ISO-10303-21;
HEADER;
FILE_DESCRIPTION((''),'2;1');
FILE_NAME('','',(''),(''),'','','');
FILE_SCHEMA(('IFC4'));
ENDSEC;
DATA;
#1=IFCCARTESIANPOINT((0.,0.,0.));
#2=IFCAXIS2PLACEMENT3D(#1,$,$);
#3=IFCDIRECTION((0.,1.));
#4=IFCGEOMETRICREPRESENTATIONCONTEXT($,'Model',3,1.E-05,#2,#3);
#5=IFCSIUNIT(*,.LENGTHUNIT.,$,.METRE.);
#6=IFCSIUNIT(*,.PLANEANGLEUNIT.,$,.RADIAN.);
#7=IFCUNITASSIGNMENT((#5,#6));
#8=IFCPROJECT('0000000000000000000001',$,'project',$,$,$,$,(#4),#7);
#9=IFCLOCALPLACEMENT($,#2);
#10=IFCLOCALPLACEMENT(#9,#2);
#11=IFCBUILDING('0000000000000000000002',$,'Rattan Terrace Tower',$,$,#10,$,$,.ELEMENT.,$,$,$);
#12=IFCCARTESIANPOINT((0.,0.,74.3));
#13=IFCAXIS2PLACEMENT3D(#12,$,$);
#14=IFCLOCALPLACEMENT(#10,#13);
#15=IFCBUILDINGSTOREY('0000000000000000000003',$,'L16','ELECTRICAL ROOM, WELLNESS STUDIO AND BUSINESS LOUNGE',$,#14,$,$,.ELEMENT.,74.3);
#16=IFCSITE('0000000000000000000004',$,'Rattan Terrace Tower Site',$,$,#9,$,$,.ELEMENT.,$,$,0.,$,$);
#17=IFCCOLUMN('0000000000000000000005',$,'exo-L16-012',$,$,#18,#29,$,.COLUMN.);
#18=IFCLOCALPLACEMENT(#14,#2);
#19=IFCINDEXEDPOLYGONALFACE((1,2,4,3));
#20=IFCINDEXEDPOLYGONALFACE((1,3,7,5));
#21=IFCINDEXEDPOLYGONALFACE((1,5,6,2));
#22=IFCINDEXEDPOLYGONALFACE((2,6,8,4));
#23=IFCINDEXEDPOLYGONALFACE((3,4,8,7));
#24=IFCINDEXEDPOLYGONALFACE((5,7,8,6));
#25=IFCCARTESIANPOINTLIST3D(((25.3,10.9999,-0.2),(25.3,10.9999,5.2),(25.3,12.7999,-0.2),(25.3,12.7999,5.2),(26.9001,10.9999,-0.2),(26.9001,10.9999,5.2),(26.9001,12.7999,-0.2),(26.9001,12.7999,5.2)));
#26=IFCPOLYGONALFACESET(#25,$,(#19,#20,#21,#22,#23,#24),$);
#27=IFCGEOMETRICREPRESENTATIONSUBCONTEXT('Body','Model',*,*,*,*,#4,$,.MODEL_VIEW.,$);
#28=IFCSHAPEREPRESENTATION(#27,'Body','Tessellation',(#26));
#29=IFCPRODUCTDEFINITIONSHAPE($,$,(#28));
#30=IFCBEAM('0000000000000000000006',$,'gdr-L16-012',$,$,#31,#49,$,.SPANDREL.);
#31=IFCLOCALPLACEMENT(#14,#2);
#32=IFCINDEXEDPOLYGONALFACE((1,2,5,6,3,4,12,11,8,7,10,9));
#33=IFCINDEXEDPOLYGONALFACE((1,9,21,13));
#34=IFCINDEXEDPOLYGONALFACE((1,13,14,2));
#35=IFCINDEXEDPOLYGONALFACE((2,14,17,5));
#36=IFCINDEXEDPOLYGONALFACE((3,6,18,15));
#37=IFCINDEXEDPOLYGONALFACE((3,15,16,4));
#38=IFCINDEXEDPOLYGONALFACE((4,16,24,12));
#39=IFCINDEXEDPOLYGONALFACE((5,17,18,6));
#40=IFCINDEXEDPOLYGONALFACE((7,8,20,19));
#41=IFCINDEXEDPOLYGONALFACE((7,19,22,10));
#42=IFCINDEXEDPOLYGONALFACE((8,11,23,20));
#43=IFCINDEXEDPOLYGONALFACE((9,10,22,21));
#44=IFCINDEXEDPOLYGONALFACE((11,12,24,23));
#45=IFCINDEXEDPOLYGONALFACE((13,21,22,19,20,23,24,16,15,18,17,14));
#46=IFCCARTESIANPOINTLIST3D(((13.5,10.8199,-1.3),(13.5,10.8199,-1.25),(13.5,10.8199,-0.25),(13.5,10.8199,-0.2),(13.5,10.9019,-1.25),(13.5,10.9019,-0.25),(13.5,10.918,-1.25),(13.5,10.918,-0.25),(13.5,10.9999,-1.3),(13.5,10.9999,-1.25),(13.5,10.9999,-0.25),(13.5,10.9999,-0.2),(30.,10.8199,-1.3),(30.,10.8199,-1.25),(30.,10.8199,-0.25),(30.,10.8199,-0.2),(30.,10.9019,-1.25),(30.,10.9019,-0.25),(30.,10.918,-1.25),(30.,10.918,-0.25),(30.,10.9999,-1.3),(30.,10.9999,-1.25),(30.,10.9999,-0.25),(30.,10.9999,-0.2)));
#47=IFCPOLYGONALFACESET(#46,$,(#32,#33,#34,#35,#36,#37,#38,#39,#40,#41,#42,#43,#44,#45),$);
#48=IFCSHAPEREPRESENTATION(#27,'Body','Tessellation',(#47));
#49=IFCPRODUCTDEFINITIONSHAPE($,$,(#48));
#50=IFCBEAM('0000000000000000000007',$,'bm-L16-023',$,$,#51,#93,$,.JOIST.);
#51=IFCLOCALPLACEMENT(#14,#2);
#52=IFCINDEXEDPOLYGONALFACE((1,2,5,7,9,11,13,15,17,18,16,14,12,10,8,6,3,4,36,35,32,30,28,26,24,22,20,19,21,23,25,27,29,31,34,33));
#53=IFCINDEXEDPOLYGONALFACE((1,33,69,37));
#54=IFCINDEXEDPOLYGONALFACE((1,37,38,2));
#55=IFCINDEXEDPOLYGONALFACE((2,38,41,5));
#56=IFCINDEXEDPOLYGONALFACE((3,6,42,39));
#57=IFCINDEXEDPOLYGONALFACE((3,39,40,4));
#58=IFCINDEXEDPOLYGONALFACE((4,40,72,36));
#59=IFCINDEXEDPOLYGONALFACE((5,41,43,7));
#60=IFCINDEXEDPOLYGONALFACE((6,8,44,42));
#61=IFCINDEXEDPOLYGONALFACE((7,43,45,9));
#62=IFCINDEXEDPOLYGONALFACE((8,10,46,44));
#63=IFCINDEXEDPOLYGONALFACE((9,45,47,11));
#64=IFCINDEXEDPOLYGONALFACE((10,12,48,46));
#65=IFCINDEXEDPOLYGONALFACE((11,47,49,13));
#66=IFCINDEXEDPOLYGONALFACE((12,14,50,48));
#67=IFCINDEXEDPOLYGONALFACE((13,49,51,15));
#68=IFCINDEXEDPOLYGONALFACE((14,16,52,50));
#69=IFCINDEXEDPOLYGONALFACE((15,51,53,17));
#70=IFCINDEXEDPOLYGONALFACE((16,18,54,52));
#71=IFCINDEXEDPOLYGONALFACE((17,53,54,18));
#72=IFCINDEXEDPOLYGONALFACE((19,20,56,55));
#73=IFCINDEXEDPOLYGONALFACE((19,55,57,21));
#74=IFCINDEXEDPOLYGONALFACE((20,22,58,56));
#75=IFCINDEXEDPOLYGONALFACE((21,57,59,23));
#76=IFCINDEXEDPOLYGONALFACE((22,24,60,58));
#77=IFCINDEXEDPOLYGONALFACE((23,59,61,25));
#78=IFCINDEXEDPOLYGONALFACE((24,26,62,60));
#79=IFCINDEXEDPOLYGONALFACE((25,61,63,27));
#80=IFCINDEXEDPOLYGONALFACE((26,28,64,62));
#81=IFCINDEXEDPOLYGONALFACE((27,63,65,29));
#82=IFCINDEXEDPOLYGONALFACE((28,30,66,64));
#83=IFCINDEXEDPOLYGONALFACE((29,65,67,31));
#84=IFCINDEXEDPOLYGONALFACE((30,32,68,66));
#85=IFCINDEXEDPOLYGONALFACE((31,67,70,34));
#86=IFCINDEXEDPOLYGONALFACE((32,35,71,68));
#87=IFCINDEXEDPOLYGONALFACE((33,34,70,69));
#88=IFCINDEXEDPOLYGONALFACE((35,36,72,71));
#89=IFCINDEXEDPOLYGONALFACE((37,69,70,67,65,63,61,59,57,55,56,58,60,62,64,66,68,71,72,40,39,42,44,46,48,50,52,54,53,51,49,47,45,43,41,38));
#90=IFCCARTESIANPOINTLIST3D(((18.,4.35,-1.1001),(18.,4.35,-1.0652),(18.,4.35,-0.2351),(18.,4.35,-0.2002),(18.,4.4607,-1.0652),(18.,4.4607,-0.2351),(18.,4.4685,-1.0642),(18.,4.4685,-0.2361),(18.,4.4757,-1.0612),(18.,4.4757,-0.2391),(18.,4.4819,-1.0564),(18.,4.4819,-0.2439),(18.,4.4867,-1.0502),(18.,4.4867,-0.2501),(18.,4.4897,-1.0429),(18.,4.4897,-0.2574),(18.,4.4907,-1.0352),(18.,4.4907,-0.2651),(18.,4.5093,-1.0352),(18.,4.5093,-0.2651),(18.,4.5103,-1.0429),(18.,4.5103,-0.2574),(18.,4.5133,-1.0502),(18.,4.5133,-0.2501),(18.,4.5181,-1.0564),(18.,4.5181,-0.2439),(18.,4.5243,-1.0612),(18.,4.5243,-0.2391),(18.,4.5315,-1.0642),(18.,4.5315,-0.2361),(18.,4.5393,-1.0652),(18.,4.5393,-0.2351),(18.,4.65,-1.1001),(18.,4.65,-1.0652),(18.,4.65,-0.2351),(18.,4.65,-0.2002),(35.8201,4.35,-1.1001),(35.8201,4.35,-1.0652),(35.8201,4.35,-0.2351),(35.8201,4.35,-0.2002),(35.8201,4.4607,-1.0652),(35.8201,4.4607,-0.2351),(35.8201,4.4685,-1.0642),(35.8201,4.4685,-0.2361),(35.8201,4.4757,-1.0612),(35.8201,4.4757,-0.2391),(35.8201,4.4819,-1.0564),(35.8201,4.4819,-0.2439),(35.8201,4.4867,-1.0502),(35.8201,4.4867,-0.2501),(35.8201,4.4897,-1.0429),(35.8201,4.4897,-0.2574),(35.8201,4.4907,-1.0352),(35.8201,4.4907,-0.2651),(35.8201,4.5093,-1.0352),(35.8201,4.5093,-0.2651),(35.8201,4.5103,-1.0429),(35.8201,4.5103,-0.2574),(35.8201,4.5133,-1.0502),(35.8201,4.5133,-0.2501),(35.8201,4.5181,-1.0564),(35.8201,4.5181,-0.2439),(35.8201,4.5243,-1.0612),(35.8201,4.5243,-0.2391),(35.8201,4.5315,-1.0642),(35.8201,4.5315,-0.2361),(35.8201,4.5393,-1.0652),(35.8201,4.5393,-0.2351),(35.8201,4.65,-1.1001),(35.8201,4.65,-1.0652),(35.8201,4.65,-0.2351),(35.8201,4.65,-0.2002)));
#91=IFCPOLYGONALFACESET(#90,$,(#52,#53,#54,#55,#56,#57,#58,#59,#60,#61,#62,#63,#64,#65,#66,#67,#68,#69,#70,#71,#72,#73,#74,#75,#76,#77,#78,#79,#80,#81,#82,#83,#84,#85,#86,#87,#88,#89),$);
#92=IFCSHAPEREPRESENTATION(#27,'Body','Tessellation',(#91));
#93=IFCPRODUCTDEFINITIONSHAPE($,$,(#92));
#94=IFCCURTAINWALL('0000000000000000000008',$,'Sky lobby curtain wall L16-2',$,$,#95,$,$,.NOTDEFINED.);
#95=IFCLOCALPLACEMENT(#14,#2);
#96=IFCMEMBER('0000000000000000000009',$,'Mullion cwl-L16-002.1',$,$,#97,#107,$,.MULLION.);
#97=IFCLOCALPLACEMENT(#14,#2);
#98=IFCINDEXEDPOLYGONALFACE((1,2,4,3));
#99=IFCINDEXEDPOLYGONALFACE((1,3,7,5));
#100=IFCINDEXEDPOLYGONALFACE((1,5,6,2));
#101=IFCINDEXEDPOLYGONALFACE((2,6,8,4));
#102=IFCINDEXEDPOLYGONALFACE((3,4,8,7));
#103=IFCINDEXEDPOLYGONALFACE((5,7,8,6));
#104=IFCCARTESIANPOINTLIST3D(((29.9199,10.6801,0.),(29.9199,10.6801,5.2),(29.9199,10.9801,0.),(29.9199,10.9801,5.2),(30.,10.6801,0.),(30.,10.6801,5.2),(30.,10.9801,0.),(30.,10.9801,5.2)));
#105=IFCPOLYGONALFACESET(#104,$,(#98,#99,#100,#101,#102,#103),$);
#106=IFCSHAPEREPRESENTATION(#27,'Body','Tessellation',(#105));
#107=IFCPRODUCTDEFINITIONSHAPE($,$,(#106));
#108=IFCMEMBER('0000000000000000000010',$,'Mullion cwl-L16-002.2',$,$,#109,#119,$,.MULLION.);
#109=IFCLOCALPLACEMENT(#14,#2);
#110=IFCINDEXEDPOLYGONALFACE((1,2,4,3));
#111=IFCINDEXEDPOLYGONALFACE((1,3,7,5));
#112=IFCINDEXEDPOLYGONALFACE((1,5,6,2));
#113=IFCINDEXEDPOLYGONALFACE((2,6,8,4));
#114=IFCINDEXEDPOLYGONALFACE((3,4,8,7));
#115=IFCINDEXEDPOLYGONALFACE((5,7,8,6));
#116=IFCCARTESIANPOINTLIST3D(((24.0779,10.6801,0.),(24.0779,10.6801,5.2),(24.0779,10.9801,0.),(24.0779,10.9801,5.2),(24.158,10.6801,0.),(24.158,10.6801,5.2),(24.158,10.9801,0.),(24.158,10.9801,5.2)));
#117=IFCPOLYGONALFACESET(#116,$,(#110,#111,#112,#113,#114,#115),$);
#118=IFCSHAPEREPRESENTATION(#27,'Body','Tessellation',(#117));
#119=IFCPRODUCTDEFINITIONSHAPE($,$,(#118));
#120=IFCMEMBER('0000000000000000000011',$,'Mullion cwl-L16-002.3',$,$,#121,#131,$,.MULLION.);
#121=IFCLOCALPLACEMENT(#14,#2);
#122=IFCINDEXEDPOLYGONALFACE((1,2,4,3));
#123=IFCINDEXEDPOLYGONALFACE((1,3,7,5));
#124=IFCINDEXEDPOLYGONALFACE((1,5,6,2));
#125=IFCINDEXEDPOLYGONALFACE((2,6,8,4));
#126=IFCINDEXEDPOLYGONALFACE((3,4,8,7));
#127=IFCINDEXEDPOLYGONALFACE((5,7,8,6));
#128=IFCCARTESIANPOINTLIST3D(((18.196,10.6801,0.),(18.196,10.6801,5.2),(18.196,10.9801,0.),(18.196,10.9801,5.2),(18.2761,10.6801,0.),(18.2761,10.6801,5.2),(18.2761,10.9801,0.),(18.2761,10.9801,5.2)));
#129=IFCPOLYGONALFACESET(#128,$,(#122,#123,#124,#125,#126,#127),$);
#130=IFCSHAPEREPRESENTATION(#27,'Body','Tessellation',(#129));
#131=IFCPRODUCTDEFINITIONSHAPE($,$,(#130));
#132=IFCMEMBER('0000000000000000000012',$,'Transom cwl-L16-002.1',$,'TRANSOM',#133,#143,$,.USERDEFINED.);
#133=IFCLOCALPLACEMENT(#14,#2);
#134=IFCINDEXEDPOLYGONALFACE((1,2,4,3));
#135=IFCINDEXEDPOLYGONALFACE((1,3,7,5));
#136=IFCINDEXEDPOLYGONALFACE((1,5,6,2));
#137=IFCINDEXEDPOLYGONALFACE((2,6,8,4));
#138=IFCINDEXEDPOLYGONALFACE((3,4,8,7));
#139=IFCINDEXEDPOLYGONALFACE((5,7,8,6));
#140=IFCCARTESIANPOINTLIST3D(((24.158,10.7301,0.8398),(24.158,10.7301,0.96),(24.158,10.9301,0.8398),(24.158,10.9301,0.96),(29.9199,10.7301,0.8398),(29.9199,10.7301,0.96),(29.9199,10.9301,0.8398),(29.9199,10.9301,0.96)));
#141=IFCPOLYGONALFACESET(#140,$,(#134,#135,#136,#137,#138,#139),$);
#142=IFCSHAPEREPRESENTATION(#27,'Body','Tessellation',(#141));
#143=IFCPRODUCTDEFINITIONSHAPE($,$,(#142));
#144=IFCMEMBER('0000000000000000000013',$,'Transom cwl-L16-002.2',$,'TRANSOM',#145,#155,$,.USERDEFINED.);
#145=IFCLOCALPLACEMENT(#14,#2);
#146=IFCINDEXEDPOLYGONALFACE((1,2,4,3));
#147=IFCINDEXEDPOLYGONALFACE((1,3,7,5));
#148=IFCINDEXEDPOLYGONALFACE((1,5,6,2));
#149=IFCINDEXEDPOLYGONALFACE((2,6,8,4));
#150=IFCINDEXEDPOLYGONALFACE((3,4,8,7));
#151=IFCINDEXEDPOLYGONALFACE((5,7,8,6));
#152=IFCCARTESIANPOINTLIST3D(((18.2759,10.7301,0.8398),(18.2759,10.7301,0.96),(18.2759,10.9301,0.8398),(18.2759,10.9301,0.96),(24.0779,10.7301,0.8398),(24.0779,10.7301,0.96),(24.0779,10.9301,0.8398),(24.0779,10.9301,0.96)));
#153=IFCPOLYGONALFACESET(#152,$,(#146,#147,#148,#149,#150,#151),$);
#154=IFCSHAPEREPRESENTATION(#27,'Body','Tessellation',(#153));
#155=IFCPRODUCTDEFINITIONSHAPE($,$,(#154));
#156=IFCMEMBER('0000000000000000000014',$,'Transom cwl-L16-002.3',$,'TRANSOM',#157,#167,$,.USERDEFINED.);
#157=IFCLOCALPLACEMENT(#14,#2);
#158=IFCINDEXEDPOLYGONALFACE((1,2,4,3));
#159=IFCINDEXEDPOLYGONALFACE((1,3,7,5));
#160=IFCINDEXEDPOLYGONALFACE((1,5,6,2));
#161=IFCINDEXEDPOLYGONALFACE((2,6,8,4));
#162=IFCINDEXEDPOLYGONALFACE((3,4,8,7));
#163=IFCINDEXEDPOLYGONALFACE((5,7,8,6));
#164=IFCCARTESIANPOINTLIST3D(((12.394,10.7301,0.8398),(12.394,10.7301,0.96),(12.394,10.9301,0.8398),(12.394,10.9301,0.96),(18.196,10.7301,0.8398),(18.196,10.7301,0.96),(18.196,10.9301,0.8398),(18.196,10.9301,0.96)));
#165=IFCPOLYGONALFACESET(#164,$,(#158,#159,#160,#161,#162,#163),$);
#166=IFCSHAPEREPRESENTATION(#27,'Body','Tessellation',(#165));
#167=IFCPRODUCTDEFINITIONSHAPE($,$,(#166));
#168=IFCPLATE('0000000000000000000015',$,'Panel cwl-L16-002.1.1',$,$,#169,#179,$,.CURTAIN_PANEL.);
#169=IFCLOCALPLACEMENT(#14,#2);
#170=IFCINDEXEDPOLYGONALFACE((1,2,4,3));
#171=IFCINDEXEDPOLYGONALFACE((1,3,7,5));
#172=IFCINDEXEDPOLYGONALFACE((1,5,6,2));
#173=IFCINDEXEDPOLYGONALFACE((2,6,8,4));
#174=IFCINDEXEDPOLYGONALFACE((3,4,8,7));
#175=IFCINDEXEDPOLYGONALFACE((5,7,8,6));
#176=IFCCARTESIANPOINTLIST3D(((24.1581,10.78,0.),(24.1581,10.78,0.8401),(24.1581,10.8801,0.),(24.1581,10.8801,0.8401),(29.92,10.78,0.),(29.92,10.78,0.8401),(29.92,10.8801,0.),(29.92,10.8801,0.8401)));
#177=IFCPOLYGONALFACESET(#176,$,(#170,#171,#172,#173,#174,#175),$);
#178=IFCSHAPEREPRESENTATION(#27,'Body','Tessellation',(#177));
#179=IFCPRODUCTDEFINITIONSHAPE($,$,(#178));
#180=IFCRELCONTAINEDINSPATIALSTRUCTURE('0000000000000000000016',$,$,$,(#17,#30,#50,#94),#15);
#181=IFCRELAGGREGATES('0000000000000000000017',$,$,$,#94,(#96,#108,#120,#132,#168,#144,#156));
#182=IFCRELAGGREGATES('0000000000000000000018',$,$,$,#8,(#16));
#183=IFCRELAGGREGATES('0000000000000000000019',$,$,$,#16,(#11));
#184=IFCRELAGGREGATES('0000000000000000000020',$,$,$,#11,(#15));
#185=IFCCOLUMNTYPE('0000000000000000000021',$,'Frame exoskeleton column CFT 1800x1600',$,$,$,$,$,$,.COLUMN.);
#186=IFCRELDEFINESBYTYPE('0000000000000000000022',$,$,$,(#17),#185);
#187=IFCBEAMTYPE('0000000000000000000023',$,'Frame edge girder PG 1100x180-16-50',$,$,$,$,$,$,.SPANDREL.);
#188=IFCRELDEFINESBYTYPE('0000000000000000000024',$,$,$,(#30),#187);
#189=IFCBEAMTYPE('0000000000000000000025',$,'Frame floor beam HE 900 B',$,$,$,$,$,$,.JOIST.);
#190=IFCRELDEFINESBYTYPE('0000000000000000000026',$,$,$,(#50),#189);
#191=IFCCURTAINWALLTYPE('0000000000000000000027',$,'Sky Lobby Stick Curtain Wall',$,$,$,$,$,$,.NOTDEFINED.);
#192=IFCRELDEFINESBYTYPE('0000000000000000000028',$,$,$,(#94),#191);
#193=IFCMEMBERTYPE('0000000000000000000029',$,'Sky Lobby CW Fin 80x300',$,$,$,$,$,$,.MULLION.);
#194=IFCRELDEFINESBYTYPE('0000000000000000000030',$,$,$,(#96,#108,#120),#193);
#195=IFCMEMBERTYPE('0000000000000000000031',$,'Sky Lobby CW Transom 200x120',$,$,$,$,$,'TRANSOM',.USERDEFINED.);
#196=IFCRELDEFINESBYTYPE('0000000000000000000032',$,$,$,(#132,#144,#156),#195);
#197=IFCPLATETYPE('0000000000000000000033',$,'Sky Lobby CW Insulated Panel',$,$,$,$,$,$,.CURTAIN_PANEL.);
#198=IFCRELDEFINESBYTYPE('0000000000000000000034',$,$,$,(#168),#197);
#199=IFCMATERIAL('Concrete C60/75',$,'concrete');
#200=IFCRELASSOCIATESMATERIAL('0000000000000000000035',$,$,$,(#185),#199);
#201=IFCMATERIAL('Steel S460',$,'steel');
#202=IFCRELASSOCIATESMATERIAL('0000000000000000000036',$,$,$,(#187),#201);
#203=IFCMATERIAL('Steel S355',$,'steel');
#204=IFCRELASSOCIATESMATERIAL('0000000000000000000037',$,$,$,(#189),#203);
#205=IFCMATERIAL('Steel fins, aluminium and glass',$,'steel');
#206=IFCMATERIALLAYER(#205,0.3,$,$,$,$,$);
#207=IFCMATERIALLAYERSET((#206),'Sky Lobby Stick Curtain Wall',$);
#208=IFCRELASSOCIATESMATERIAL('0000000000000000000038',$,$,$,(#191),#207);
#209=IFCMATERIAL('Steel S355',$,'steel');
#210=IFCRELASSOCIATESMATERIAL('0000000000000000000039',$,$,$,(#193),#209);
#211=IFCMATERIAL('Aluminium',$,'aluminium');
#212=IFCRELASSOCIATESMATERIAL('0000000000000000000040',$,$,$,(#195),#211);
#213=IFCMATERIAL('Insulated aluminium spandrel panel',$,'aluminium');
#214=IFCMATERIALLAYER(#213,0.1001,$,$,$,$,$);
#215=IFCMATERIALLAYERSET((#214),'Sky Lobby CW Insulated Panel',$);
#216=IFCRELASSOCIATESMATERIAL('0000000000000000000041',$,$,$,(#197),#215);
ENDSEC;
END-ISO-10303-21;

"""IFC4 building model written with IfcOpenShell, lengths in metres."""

from ifc_helpers import new_model, si_unit, direction, frame, origin, origin_2d, place, context, subcontext, project, spatial, rectangle, i_section, extrude, material, layer, layer_set, material_profile, profile_set, type_object, element, aggregate, save


model = new_model("IFC4")

# Units and contexts
model_context = context("Model", 3, precision=1e-05, world=origin(), true_north=direction((0.0, 1.0)))
body_context = subcontext(model_context, "Body", "Model", "MODEL_VIEW")
ifc_project = project(units=[si_unit("LENGTHUNIT", "METRE"), si_unit("PLANEANGLEUNIT", "RADIAN")], contexts=[model_context])

# Site, building, storey
site_placement = place(None, origin())
site = spatial("IfcSite", under=ifc_project, at=site_placement, Name="Rattan Terrace Tower Site", CompositionType="ELEMENT", RefElevation=0.0)
building_placement = place(site_placement, origin())
building = spatial("IfcBuilding", under=site, at=building_placement, Name="Rattan Terrace Tower", CompositionType="ELEMENT")
storey_placement = place(building_placement, frame((0.0, 0.0, 74.3)))
storey = spatial("IfcBuildingStorey", under=building, at=storey_placement, Name="L16", Description="ELECTRICAL ROOM, WELLNESS STUDIO AND BUSINESS LOUNGE", CompositionType="ELEMENT", Elevation=74.3)

# Column
ifc_material_1 = material(Name="Concrete C60/75", Category="concrete")
ifc_material_profile_1 = material_profile(ifc_material_1, rectangle(XDim=1.6001, YDim=1.8, at=origin_2d()), Name="CFT 1800x1600")
ifc_profile_set_1 = profile_set([ifc_material_profile_1], Name="Concrete C60/75")
column_type = type_object("IfcColumnType", Name="Frame exoskeleton column CFT 1800x1600", PredefinedType="COLUMN", material=ifc_profile_set_1)
column_placement = place(storey_placement, frame((26.1001, 11.8999, -0.2), z_axis=(0.0, 0.0, 1.0), x_axis=(1.0, 0.0, 0.0)))
element("IfcColumn", 1, at=column_placement, inside=storey, type_object=column_type, Name="exo-L16-012", PredefinedType="COLUMN", context=body_context, shape_type="SweptSolid", body=[
    extrude(rectangle(XDim=1.6001, YDim=1.8, at=origin_2d()), origin(), (0.0, 0.0, 1.0), 5.3999),
])

# Beams
ifc_material_2 = material(Name="Steel S460", Category="steel")
ifc_material_profile_2 = material_profile(ifc_material_2, i_section(OverallWidth=0.1799, OverallDepth=1.1001, WebThickness=0.0161, FlangeThickness=0.05, at=origin_2d()), Name="PG 1100x180-16-50")
ifc_profile_set_2 = profile_set([ifc_material_profile_2], Name="Steel S460")
beam_type_1 = type_object("IfcBeamType", Name="Frame edge girder PG 1100x180-16-50", PredefinedType="SPANDREL", material=ifc_profile_set_2)
beam_1_placement = place(storey_placement, frame((30.0, 10.9099, -0.75), z_axis=(-1.0, 0.0, 0.0), x_axis=(0.0, -1.0, 0.0)))
element("IfcBeam", 2, at=beam_1_placement, inside=storey, type_object=beam_type_1, Name="gdr-L16-012", PredefinedType="SPANDREL", context=body_context, shape_type="SweptSolid", body=[
    extrude(i_section(OverallWidth=0.1799, OverallDepth=1.1001, WebThickness=0.0161, FlangeThickness=0.05, at=origin_2d()), origin(), (0.0, 0.0, 1.0), 16.5),
])
ifc_material_3 = material(Name="Steel S355", Category="steel")
ifc_material_profile_3 = material_profile(ifc_material_3, i_section(OverallWidth=0.3, OverallDepth=0.8999, WebThickness=0.0186, FlangeThickness=0.0349, FilletRadius=0.03, at=origin_2d()), Name="HE 900 B")
ifc_profile_set_3 = profile_set([ifc_material_profile_3], Name="Steel S355")
beam_type_2 = type_object("IfcBeamType", Name="Frame floor beam HE 900 B", PredefinedType="JOIST", material=ifc_profile_set_3)
beam_2_placement = place(storey_placement, frame((18.0, 4.5, -0.6501), z_axis=(1.0, 0.0, 0.0), x_axis=(0.0, 1.0, 0.0)))
element("IfcBeam", 3, at=beam_2_placement, inside=storey, type_object=beam_type_2, Name="bm-L16-023", PredefinedType="JOIST", context=body_context, shape_type="SweptSolid", body=[
    extrude(i_section(OverallWidth=0.3, OverallDepth=0.8999, WebThickness=0.0186, FlangeThickness=0.0349, FilletRadius=0.03, at=origin_2d()), origin(), (0.0, 0.0, 1.0), 17.8201),
])

# Curtain wall, members, plate
ifc_material_4 = material(Name="Steel fins, aluminium and glass", Category="steel")
ifc_layer_1 = layer(ifc_material_4, 0.3)
ifc_layer_set_1 = layer_set([ifc_layer_1], Name="Sky Lobby Stick Curtain Wall")
curtain_wall_type = type_object("IfcCurtainWallType", Name="Sky Lobby Stick Curtain Wall", PredefinedType="NOTDEFINED", material=ifc_layer_set_1)
curtain_wall_placement = place(storey_placement, origin())
curtain_wall = element("IfcCurtainWall", 4, at=curtain_wall_placement, inside=storey, type_object=curtain_wall_type, Name="Sky lobby curtain wall L16-2", PredefinedType="NOTDEFINED")
ifc_material_5 = material(Name="Steel S355", Category="steel")
ifc_material_profile_4 = material_profile(ifc_material_5, rectangle(XDim=0.0801, YDim=0.3, at=origin_2d()), Name="Steel S355 80x300")
ifc_profile_set_4 = profile_set([ifc_material_profile_4], Name="Steel S355")
member_type_1 = type_object("IfcMemberType", Name="Sky Lobby CW Fin 80x300", PredefinedType="MULLION", material=ifc_profile_set_4)
member_1_placement = place(storey_placement, frame((29.96, 10.8301, 0.0), z_axis=(0.0, 0.0, 1.0), x_axis=(-1.0, 0.0, 0.0)))
member_1 = element("IfcMember", 5, at=member_1_placement, type_object=member_type_1, Name="Mullion cwl-L16-002.1", PredefinedType="MULLION", context=body_context, shape_type="SweptSolid", body=[
    extrude(rectangle(XDim=0.0801, YDim=0.3, at=origin_2d()), origin(), (0.0, 0.0, 1.0), 5.2),
])
member_2_placement = place(storey_placement, frame((24.1179, 10.8301, 0.0), z_axis=(0.0, 0.0, 1.0), x_axis=(-1.0, 0.0, 0.0)))
member_2 = element("IfcMember", 6, at=member_2_placement, type_object=member_type_1, Name="Mullion cwl-L16-002.2", PredefinedType="MULLION", context=body_context, shape_type="SweptSolid", body=[
    extrude(rectangle(XDim=0.0801, YDim=0.3, at=origin_2d()), origin(), (0.0, 0.0, 1.0), 5.2),
])
member_3_placement = place(storey_placement, frame((18.2361, 10.8301, 0.0), z_axis=(0.0, 0.0, 1.0), x_axis=(-1.0, 0.0, 0.0)))
member_3 = element("IfcMember", 7, at=member_3_placement, type_object=member_type_1, Name="Mullion cwl-L16-002.3", PredefinedType="MULLION", context=body_context, shape_type="SweptSolid", body=[
    extrude(rectangle(XDim=0.0801, YDim=0.3, at=origin_2d()), origin(), (0.0, 0.0, 1.0), 5.2),
])
ifc_material_6 = material(Name="Aluminium", Category="aluminium")
ifc_material_profile_5 = material_profile(ifc_material_6, rectangle(XDim=0.2, YDim=0.1201, at=origin_2d()), Name="Aluminium 200x120")
ifc_profile_set_5 = profile_set([ifc_material_profile_5], Name="Aluminium")
member_type_2 = type_object("IfcMemberType", Name="Sky Lobby CW Transom 200x120", ElementType="TRANSOM", PredefinedType="USERDEFINED", material=ifc_profile_set_5)
member_4_placement = place(storey_placement, frame((29.9199, 10.8301, 0.8999), z_axis=(-1.0, 0.0, 0.0), x_axis=(0.0, -1.0, 0.0)))
member_4 = element("IfcMember", 8, at=member_4_placement, type_object=member_type_2, Name="Transom cwl-L16-002.1", ObjectType="TRANSOM", PredefinedType="USERDEFINED", context=body_context, shape_type="SweptSolid", body=[
    extrude(rectangle(XDim=0.2, YDim=0.1201, at=origin_2d()), origin(), (0.0, 0.0, 1.0), 5.762),
])
member_5_placement = place(storey_placement, frame((24.0779, 10.8301, 0.8999), z_axis=(-1.0, 0.0, 0.0), x_axis=(0.0, -1.0, 0.0)))
member_5 = element("IfcMember", 9, at=member_5_placement, type_object=member_type_2, Name="Transom cwl-L16-002.2", ObjectType="TRANSOM", PredefinedType="USERDEFINED", context=body_context, shape_type="SweptSolid", body=[
    extrude(rectangle(XDim=0.2, YDim=0.1201, at=origin_2d()), origin(), (0.0, 0.0, 1.0), 5.802),
])
member_6_placement = place(storey_placement, frame((18.196, 10.8301, 0.8999), z_axis=(-1.0, 0.0, 0.0), x_axis=(0.0, -1.0, 0.0)))
member_6 = element("IfcMember", 10, at=member_6_placement, type_object=member_type_2, Name="Transom cwl-L16-002.3", ObjectType="TRANSOM", PredefinedType="USERDEFINED", context=body_context, shape_type="SweptSolid", body=[
    extrude(rectangle(XDim=0.2, YDim=0.1201, at=origin_2d()), origin(), (0.0, 0.0, 1.0), 5.802),
])
ifc_material_7 = material(Name="Insulated aluminium spandrel panel", Category="aluminium")
ifc_layer_2 = layer(ifc_material_7, 0.1001)
ifc_layer_set_2 = layer_set([ifc_layer_2], Name="Sky Lobby CW Insulated Panel")
plate_type_1 = type_object("IfcPlateType", Name="Sky Lobby CW Insulated Panel", PredefinedType="CURTAIN_PANEL", material=ifc_layer_set_2)
plate_1_placement = place(storey_placement, frame((27.0391, 10.8301, 0.0), z_axis=(0.0, 0.0, 1.0), x_axis=(-1.0, 0.0, 0.0)))
plate_1 = element("IfcPlate", 11, at=plate_1_placement, type_object=plate_type_1, Name="Panel cwl-L16-002.1.1", PredefinedType="CURTAIN_PANEL", context=body_context, shape_type="SweptSolid", body=[
    extrude(rectangle(XDim=5.762, YDim=0.1001, at=origin_2d()), origin(), (0.0, 0.0, 1.0), 0.8401),
])
aggregate(curtain_wall, [member_1, member_2, member_3, member_4, plate_1, member_5, member_6])

save(model, "model.ifc")
